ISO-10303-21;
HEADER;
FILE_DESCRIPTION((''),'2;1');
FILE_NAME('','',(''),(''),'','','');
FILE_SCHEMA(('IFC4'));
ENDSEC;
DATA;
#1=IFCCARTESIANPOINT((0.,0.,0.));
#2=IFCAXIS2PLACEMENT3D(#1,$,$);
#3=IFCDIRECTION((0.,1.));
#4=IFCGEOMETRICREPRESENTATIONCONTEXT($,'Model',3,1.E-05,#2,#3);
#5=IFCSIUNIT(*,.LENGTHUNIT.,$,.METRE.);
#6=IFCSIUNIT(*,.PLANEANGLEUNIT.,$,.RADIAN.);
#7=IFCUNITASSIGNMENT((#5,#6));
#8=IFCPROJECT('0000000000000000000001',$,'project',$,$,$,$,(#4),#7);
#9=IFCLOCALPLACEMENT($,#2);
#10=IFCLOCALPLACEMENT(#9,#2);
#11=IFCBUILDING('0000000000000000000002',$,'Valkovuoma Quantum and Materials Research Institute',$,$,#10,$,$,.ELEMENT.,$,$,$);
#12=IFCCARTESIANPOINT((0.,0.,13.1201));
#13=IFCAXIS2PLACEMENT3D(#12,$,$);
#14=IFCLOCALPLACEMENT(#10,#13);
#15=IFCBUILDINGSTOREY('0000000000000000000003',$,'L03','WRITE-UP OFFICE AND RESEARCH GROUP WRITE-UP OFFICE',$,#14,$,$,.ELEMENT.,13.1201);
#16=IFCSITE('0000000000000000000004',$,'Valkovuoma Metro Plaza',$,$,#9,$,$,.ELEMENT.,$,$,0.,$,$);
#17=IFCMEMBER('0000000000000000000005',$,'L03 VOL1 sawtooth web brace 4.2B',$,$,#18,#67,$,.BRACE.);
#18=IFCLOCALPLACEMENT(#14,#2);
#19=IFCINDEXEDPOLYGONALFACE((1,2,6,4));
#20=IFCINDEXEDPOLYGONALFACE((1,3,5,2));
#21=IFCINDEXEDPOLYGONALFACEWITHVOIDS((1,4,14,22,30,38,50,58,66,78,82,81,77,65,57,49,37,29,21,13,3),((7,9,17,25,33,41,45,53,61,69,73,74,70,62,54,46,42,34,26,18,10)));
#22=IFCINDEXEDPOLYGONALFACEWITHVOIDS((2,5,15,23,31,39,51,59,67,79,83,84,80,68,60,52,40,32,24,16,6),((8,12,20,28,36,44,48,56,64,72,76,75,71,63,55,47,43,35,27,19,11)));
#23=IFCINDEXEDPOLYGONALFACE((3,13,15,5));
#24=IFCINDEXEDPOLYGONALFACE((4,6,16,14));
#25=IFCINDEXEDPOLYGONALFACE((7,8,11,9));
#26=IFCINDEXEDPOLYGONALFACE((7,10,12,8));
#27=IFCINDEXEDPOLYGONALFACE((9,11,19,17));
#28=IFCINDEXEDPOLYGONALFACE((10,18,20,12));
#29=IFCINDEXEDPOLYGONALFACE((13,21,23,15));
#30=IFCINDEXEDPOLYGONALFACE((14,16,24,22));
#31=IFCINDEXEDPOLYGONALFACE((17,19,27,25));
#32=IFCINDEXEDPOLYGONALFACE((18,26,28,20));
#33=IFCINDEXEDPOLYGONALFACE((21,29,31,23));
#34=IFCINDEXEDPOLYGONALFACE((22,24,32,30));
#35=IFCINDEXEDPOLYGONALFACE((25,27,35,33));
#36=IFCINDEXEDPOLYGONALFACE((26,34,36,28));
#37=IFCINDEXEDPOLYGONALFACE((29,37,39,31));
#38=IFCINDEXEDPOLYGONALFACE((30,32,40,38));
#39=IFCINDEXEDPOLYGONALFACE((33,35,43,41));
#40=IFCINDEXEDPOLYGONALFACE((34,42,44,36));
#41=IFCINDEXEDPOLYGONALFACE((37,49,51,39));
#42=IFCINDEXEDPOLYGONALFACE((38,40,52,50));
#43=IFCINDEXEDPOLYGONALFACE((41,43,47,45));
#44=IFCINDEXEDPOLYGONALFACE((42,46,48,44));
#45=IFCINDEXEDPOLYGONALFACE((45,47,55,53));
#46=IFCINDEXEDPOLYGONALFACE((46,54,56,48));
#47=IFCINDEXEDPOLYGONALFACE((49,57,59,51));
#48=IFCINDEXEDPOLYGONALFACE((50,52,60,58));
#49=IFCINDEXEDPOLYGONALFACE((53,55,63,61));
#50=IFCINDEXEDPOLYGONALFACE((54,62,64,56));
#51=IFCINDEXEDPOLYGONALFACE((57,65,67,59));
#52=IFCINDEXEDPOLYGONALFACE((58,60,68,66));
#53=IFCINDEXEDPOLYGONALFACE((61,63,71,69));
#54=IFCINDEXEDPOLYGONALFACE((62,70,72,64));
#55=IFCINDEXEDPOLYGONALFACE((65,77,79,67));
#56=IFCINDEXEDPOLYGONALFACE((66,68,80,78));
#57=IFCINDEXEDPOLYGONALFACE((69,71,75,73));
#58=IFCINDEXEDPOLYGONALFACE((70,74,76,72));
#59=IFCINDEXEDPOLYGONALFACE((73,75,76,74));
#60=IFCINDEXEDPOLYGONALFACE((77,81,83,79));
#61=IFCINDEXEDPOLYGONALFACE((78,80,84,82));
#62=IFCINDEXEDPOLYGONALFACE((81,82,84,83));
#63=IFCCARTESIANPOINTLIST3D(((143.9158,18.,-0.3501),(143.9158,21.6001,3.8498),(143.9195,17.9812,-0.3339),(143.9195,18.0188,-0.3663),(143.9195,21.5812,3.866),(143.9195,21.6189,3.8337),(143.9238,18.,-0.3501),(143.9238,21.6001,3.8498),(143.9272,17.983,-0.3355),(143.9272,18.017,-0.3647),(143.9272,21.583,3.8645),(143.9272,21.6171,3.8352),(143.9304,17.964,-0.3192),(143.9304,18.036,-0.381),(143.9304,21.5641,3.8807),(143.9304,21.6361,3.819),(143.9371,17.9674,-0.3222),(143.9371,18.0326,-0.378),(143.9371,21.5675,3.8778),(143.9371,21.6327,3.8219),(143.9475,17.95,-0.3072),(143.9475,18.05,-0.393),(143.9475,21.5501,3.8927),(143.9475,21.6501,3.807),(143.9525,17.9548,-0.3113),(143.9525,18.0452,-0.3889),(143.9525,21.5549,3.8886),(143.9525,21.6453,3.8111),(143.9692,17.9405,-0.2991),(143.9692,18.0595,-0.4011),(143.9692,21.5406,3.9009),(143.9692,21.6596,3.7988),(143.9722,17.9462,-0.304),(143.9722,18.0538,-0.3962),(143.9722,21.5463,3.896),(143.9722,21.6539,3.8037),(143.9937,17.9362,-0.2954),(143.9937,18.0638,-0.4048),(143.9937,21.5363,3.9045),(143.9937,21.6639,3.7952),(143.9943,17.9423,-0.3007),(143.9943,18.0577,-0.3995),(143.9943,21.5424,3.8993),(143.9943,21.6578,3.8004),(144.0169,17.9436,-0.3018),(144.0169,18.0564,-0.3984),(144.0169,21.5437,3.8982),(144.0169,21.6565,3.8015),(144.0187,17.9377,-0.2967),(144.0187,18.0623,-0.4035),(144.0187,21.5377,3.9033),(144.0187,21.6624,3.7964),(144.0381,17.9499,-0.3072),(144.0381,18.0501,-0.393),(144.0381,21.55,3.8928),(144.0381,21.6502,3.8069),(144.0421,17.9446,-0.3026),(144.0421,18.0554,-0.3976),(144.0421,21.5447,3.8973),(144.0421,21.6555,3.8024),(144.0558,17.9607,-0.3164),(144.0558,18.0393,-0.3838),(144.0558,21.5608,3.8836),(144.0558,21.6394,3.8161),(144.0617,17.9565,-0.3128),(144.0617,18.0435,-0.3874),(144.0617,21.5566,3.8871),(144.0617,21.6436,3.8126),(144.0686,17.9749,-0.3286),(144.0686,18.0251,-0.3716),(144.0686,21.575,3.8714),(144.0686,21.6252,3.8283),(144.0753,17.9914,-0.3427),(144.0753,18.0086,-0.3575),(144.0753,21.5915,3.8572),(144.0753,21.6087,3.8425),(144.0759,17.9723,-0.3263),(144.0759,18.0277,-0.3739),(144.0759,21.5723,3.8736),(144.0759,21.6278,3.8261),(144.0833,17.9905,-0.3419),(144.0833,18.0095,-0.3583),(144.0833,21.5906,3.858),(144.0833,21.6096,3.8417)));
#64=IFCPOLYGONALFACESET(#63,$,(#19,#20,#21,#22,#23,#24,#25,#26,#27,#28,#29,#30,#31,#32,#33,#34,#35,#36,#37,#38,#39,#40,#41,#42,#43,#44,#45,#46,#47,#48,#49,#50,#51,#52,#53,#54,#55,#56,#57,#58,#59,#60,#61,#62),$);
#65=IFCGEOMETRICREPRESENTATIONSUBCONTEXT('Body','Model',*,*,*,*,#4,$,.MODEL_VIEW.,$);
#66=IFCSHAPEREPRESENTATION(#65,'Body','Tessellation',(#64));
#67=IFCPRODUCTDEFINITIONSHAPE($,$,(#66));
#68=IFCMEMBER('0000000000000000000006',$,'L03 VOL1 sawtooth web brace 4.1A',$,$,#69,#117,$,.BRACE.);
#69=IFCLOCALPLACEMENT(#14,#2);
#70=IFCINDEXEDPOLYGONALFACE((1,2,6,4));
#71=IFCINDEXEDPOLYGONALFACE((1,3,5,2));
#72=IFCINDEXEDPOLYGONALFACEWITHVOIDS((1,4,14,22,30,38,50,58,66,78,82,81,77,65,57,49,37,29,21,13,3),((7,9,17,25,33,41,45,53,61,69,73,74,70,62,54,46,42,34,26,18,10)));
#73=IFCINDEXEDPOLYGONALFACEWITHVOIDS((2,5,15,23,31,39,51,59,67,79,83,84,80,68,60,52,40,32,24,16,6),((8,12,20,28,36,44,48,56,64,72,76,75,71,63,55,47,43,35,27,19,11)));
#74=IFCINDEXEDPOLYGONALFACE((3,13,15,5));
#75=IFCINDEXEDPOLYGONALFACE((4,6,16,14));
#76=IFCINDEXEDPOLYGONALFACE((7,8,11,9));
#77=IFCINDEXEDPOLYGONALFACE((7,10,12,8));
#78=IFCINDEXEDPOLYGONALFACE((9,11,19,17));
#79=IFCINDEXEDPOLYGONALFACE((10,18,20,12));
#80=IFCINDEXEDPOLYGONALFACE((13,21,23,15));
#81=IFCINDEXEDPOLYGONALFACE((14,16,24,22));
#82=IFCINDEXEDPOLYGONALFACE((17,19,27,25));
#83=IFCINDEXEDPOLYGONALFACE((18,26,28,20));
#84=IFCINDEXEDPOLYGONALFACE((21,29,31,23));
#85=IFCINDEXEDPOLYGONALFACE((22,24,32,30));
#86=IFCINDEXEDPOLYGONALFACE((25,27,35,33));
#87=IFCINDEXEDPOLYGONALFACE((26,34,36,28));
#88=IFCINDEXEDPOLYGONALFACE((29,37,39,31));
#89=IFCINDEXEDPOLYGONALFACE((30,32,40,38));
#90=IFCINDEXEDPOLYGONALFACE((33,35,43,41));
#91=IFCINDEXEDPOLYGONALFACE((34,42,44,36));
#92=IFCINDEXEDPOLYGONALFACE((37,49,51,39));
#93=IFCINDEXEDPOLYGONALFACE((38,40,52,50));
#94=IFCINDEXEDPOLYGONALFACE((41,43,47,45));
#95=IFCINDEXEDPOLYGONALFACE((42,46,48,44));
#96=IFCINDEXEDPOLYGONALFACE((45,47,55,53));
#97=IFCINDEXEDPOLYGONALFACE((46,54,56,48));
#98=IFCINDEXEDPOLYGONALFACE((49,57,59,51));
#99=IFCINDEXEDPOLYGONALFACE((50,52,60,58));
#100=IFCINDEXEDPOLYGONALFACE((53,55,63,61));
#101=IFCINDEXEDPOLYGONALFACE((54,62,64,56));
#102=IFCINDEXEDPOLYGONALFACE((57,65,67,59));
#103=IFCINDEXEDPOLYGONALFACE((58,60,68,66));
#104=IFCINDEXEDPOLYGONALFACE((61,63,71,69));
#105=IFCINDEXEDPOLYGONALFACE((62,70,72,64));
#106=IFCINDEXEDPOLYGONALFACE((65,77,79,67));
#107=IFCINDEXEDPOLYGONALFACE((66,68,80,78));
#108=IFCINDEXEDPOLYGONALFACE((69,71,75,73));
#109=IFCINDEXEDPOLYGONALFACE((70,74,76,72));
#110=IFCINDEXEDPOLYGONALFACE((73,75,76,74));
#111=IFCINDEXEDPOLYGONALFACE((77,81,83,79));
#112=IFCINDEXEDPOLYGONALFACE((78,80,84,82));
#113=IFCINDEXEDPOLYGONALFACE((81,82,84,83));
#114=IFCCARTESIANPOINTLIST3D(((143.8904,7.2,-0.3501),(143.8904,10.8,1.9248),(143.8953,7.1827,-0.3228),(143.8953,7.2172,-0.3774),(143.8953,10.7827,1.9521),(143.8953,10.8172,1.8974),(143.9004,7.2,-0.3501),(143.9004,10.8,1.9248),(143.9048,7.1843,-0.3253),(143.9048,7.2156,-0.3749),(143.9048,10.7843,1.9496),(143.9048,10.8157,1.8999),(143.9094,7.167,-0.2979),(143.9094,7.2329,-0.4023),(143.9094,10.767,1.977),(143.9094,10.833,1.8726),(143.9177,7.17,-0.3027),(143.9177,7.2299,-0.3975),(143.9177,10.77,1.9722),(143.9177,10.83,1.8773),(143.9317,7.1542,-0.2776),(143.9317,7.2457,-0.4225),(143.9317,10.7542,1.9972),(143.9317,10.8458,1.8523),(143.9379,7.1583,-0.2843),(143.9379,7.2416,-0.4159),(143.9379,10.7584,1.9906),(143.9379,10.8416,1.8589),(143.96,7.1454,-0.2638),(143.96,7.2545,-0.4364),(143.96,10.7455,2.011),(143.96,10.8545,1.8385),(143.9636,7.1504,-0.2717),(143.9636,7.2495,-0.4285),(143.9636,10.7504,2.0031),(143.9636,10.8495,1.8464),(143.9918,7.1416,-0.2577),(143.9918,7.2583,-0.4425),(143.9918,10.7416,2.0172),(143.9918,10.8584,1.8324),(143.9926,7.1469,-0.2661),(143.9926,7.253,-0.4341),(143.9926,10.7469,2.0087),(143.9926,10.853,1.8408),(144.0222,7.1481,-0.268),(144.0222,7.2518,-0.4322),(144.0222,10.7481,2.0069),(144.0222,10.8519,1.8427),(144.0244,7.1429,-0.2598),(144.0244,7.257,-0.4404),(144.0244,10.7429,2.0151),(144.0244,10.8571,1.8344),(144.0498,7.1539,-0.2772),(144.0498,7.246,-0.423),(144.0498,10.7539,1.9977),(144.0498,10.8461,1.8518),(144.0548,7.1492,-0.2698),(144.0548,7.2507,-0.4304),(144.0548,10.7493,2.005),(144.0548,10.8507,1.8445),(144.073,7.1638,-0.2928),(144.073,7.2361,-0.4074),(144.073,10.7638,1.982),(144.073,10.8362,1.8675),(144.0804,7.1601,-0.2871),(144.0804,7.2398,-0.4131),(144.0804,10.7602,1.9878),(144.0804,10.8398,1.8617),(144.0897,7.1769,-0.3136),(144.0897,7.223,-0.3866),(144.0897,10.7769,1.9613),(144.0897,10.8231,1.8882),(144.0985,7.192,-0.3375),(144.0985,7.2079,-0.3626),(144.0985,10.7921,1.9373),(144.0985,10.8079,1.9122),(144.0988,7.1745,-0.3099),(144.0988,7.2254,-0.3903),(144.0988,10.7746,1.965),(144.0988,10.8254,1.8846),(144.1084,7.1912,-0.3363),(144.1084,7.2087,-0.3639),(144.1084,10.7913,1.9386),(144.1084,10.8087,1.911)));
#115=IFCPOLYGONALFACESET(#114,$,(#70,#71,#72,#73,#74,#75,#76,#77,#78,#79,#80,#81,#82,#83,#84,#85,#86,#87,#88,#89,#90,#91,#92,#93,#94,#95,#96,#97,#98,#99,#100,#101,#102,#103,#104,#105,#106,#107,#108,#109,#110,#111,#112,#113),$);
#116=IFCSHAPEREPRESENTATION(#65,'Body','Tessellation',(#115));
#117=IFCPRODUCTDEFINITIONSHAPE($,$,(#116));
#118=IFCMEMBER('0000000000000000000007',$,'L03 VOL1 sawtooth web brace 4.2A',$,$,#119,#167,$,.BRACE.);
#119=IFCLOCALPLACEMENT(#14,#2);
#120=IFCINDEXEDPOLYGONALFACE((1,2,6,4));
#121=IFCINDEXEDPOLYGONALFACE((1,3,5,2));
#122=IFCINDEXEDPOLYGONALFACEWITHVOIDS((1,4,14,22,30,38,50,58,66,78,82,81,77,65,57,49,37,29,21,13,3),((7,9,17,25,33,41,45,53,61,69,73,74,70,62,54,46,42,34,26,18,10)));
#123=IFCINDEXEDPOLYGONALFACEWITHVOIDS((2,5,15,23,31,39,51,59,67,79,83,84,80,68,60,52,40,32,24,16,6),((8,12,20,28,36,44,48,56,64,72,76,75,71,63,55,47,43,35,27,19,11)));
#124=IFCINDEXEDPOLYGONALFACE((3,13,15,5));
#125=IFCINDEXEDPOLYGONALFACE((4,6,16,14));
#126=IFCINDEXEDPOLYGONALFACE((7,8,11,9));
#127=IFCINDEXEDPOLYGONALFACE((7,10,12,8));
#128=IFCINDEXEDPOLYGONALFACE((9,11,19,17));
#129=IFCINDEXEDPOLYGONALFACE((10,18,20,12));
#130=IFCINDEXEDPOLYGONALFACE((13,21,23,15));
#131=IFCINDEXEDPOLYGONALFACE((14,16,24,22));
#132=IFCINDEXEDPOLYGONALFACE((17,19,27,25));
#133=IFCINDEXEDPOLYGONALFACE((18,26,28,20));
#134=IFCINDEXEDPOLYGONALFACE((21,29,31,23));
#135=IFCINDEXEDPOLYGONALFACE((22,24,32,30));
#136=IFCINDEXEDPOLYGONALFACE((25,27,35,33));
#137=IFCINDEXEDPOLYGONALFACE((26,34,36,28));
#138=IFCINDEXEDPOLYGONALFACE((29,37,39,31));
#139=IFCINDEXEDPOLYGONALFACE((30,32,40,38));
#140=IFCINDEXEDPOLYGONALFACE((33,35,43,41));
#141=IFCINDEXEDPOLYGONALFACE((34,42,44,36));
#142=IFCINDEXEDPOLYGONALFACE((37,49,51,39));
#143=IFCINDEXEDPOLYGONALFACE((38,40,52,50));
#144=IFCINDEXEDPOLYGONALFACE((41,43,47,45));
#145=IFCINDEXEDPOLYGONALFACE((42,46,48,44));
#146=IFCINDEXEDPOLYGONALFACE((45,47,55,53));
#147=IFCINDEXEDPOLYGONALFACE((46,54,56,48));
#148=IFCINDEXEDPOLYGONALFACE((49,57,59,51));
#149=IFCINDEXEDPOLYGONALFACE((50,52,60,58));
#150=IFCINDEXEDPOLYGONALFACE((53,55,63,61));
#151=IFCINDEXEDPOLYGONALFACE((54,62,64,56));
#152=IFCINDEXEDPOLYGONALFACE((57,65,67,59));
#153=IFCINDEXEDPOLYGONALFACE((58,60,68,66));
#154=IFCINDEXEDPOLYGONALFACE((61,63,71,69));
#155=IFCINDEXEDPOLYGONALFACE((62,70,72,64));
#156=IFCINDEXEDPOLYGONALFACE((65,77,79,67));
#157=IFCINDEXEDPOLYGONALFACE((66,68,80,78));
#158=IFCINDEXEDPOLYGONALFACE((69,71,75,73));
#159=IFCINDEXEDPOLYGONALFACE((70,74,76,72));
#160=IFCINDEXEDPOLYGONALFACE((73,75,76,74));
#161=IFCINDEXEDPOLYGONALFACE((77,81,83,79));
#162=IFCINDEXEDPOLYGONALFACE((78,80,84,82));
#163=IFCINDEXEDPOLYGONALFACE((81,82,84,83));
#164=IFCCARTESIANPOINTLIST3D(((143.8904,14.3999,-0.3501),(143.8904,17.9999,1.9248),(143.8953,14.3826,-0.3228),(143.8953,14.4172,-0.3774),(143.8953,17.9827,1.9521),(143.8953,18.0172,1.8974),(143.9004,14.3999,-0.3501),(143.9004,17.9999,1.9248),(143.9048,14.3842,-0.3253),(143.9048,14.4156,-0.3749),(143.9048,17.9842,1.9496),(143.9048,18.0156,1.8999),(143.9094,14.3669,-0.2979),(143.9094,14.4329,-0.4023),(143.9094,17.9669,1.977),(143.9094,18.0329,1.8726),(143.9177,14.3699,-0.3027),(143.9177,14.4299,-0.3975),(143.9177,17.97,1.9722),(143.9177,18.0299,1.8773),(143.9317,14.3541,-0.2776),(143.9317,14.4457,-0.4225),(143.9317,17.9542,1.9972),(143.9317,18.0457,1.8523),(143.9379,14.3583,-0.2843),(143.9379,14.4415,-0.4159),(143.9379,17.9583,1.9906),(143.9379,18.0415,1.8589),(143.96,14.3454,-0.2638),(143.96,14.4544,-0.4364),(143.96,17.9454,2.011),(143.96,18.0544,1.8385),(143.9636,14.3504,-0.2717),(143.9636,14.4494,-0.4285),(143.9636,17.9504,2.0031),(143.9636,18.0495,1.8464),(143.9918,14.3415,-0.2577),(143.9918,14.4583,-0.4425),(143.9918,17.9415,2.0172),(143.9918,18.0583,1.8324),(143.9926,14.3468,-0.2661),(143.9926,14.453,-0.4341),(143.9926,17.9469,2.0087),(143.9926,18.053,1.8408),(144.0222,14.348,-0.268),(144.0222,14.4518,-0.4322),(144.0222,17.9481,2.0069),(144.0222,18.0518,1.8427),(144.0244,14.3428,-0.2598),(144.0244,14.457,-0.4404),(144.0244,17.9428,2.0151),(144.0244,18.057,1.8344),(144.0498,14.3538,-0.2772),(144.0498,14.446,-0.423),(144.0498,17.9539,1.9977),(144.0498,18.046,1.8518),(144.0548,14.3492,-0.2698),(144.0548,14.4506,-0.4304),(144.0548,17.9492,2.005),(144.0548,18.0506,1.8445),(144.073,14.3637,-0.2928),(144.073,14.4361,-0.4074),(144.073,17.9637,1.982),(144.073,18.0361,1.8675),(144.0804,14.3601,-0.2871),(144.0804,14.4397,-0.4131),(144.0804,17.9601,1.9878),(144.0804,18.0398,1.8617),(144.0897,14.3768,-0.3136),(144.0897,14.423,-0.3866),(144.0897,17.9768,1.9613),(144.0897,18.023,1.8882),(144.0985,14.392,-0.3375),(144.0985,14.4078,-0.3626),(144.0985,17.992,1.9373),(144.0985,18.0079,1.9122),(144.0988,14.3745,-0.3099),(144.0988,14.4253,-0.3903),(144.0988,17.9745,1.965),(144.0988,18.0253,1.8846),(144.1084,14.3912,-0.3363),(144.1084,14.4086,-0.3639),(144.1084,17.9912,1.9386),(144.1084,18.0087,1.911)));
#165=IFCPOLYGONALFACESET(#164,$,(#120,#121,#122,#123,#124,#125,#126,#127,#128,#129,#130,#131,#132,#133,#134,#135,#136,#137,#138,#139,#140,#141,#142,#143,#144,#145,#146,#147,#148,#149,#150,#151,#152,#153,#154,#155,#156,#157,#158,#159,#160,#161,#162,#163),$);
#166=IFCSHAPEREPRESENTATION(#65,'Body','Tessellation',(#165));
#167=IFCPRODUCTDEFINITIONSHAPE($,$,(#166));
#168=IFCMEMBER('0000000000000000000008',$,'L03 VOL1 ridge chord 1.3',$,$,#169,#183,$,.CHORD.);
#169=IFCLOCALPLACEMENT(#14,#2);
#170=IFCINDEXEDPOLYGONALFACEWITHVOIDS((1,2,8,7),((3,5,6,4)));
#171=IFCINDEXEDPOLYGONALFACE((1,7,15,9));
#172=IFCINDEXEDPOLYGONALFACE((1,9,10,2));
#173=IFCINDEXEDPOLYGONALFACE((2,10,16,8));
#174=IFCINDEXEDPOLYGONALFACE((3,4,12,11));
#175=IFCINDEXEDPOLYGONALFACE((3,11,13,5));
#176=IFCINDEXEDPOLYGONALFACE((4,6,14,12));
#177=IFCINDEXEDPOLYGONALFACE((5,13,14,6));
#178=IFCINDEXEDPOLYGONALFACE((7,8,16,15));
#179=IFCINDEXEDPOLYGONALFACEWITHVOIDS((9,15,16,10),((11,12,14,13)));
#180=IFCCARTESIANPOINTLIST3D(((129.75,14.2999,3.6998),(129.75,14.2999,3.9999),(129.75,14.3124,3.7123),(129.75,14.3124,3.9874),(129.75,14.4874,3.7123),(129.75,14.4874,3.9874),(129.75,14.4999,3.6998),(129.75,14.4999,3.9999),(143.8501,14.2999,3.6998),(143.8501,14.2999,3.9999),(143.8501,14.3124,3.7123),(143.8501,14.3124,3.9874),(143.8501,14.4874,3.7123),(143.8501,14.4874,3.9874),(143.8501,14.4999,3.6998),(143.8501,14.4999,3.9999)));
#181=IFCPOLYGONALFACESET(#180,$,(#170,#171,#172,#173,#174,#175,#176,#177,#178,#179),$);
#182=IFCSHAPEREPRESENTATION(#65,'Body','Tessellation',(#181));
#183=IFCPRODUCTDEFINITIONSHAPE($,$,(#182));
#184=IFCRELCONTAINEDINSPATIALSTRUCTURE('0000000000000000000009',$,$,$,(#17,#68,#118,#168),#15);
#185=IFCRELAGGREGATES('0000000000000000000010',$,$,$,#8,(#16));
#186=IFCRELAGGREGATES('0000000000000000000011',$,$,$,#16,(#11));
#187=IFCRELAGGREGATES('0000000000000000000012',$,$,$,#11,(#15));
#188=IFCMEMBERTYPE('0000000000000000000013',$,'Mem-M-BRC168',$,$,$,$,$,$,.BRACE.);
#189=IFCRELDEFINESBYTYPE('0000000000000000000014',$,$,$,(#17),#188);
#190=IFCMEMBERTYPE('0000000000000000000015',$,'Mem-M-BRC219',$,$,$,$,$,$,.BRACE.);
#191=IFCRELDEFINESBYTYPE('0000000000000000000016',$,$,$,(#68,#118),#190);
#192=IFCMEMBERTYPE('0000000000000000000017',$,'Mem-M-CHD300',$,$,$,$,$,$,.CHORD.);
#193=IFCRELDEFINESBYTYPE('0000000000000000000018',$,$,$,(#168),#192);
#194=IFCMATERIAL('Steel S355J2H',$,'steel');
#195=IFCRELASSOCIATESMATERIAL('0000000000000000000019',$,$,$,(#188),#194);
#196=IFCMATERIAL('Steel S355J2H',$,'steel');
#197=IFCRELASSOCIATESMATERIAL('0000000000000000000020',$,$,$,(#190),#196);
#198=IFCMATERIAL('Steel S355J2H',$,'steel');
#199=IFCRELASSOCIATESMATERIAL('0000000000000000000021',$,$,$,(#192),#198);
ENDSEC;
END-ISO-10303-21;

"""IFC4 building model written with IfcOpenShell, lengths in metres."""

from ifc_helpers import new_model, si_unit, direction, frame, origin, origin_2d, place, context, subcontext, project, spatial, hollow_rectangle, hollow_circle, extrude, material, material_profile, profile_set, type_object, element, save


model = new_model("IFC4")

# Units and contexts
model_context = context("Model", 3, precision=1e-05, world=origin(), true_north=direction((0.0, 1.0)))
body_context = subcontext(model_context, "Body", "Model", "MODEL_VIEW")
ifc_project = project(units=[si_unit("LENGTHUNIT", "METRE"), si_unit("PLANEANGLEUNIT", "RADIAN")], contexts=[model_context])

# Site, building, storey
site_placement = place(None, origin())
site = spatial("IfcSite", under=ifc_project, at=site_placement, Name="Valkovuoma Metro Plaza", CompositionType="ELEMENT", RefElevation=0.0)
building_placement = place(site_placement, origin())
building = spatial("IfcBuilding", under=site, at=building_placement, Name="Valkovuoma Quantum and Materials Research Institute", CompositionType="ELEMENT")
storey_placement = place(building_placement, frame((0.0, 0.0, 13.1201)))
storey = spatial("IfcBuildingStorey", under=building, at=storey_placement, Name="L03", Description="WRITE-UP OFFICE AND RESEARCH GROUP WRITE-UP OFFICE", CompositionType="ELEMENT", Elevation=13.1201)

# Members
ifc_material_1 = material(Name="Steel S355J2H", Category="steel")
ifc_material_profile_1 = material_profile(ifc_material_1, hollow_circle(Radius=0.0842, WallThickness=0.0081, at=origin_2d()), Name="Steel S355J2H")
ifc_profile_set_1 = profile_set([ifc_material_profile_1], Name="Steel S355J2H")
member_type_1 = type_object("IfcMemberType", Name="Mem-M-BRC168", PredefinedType="BRACE", material=ifc_profile_set_1)
member_1_placement = place(storey_placement, frame((144.0, 18.0, -0.3501), z_axis=(0.0, 0.650806, 0.759244), x_axis=(-1.0, 0.0, 0.0)))
element("IfcMember", 1, at=member_1_placement, inside=storey, type_object=member_type_1, Name="L03 VOL1 sawtooth web brace 4.2B", PredefinedType="BRACE", context=body_context, shape_type="SweptSolid", body=[
    extrude(hollow_circle(Radius=0.0842, WallThickness=0.0081, at=origin_2d()), origin(), (0.0, 0.0, 1.0), 5.5317),
])
ifc_material_2 = material(Name="Steel S355J2H", Category="steel")
ifc_material_profile_2 = material_profile(ifc_material_2, hollow_circle(Radius=0.1096, WallThickness=0.01, at=origin_2d()), Name="Steel S355J2H")
ifc_profile_set_2 = profile_set([ifc_material_profile_2], Name="Steel S355J2H")
member_type_2 = type_object("IfcMemberType", Name="Mem-M-BRC219", PredefinedType="BRACE", material=ifc_profile_set_2)
for number, where, z_axis, x_axis, name in (
    (2, (144.0, 7.2, -0.3501), (0.0, 0.845366, 0.534187), (-1.0, 0.0, 0.0), "L03 VOL1 sawtooth web brace 4.1A"),
    (3, (144.0, 14.3999, -0.3501), (0.0, 0.845366, 0.534187), (-1.0, 0.0, 0.0), "L03 VOL1 sawtooth web brace 4.2A"),
):
    element("IfcMember", number, at=place(storey_placement, frame(where, z_axis=z_axis, x_axis=x_axis)), inside=storey, type_object=member_type_2, Name=name, PredefinedType="BRACE", context=body_context, shape_type="SweptSolid", body=[
        extrude(hollow_circle(Radius=0.1096, WallThickness=0.01, at=origin_2d()), origin(), (0.0, 0.0, 1.0), 4.2585),
    ])
ifc_material_3 = material(Name="Steel S355J2H", Category="steel")
ifc_material_profile_3 = material_profile(ifc_material_3, hollow_rectangle(XDim=0.2, YDim=0.3, WallThickness=0.0125, at=origin_2d()), Name="Steel S355J2H")
ifc_profile_set_3 = profile_set([ifc_material_profile_3], Name="Steel S355J2H")
member_type_3 = type_object("IfcMemberType", Name="Mem-M-CHD300", PredefinedType="CHORD", material=ifc_profile_set_3)
member_2_placement = place(storey_placement, frame((129.75, 14.3999, 3.8499), z_axis=(1.0, 0.0, 0.0), x_axis=(0.0, 1.0, 0.0)))
element("IfcMember", 4, at=member_2_placement, inside=storey, type_object=member_type_3, Name="L03 VOL1 ridge chord 1.3", PredefinedType="CHORD", context=body_context, shape_type="SweptSolid", body=[
    extrude(hollow_rectangle(XDim=0.2, YDim=0.3, WallThickness=0.0125, at=origin_2d()), origin(), (0.0, 0.0, 1.0), 14.1001),
])

save(model, "model.ifc")
